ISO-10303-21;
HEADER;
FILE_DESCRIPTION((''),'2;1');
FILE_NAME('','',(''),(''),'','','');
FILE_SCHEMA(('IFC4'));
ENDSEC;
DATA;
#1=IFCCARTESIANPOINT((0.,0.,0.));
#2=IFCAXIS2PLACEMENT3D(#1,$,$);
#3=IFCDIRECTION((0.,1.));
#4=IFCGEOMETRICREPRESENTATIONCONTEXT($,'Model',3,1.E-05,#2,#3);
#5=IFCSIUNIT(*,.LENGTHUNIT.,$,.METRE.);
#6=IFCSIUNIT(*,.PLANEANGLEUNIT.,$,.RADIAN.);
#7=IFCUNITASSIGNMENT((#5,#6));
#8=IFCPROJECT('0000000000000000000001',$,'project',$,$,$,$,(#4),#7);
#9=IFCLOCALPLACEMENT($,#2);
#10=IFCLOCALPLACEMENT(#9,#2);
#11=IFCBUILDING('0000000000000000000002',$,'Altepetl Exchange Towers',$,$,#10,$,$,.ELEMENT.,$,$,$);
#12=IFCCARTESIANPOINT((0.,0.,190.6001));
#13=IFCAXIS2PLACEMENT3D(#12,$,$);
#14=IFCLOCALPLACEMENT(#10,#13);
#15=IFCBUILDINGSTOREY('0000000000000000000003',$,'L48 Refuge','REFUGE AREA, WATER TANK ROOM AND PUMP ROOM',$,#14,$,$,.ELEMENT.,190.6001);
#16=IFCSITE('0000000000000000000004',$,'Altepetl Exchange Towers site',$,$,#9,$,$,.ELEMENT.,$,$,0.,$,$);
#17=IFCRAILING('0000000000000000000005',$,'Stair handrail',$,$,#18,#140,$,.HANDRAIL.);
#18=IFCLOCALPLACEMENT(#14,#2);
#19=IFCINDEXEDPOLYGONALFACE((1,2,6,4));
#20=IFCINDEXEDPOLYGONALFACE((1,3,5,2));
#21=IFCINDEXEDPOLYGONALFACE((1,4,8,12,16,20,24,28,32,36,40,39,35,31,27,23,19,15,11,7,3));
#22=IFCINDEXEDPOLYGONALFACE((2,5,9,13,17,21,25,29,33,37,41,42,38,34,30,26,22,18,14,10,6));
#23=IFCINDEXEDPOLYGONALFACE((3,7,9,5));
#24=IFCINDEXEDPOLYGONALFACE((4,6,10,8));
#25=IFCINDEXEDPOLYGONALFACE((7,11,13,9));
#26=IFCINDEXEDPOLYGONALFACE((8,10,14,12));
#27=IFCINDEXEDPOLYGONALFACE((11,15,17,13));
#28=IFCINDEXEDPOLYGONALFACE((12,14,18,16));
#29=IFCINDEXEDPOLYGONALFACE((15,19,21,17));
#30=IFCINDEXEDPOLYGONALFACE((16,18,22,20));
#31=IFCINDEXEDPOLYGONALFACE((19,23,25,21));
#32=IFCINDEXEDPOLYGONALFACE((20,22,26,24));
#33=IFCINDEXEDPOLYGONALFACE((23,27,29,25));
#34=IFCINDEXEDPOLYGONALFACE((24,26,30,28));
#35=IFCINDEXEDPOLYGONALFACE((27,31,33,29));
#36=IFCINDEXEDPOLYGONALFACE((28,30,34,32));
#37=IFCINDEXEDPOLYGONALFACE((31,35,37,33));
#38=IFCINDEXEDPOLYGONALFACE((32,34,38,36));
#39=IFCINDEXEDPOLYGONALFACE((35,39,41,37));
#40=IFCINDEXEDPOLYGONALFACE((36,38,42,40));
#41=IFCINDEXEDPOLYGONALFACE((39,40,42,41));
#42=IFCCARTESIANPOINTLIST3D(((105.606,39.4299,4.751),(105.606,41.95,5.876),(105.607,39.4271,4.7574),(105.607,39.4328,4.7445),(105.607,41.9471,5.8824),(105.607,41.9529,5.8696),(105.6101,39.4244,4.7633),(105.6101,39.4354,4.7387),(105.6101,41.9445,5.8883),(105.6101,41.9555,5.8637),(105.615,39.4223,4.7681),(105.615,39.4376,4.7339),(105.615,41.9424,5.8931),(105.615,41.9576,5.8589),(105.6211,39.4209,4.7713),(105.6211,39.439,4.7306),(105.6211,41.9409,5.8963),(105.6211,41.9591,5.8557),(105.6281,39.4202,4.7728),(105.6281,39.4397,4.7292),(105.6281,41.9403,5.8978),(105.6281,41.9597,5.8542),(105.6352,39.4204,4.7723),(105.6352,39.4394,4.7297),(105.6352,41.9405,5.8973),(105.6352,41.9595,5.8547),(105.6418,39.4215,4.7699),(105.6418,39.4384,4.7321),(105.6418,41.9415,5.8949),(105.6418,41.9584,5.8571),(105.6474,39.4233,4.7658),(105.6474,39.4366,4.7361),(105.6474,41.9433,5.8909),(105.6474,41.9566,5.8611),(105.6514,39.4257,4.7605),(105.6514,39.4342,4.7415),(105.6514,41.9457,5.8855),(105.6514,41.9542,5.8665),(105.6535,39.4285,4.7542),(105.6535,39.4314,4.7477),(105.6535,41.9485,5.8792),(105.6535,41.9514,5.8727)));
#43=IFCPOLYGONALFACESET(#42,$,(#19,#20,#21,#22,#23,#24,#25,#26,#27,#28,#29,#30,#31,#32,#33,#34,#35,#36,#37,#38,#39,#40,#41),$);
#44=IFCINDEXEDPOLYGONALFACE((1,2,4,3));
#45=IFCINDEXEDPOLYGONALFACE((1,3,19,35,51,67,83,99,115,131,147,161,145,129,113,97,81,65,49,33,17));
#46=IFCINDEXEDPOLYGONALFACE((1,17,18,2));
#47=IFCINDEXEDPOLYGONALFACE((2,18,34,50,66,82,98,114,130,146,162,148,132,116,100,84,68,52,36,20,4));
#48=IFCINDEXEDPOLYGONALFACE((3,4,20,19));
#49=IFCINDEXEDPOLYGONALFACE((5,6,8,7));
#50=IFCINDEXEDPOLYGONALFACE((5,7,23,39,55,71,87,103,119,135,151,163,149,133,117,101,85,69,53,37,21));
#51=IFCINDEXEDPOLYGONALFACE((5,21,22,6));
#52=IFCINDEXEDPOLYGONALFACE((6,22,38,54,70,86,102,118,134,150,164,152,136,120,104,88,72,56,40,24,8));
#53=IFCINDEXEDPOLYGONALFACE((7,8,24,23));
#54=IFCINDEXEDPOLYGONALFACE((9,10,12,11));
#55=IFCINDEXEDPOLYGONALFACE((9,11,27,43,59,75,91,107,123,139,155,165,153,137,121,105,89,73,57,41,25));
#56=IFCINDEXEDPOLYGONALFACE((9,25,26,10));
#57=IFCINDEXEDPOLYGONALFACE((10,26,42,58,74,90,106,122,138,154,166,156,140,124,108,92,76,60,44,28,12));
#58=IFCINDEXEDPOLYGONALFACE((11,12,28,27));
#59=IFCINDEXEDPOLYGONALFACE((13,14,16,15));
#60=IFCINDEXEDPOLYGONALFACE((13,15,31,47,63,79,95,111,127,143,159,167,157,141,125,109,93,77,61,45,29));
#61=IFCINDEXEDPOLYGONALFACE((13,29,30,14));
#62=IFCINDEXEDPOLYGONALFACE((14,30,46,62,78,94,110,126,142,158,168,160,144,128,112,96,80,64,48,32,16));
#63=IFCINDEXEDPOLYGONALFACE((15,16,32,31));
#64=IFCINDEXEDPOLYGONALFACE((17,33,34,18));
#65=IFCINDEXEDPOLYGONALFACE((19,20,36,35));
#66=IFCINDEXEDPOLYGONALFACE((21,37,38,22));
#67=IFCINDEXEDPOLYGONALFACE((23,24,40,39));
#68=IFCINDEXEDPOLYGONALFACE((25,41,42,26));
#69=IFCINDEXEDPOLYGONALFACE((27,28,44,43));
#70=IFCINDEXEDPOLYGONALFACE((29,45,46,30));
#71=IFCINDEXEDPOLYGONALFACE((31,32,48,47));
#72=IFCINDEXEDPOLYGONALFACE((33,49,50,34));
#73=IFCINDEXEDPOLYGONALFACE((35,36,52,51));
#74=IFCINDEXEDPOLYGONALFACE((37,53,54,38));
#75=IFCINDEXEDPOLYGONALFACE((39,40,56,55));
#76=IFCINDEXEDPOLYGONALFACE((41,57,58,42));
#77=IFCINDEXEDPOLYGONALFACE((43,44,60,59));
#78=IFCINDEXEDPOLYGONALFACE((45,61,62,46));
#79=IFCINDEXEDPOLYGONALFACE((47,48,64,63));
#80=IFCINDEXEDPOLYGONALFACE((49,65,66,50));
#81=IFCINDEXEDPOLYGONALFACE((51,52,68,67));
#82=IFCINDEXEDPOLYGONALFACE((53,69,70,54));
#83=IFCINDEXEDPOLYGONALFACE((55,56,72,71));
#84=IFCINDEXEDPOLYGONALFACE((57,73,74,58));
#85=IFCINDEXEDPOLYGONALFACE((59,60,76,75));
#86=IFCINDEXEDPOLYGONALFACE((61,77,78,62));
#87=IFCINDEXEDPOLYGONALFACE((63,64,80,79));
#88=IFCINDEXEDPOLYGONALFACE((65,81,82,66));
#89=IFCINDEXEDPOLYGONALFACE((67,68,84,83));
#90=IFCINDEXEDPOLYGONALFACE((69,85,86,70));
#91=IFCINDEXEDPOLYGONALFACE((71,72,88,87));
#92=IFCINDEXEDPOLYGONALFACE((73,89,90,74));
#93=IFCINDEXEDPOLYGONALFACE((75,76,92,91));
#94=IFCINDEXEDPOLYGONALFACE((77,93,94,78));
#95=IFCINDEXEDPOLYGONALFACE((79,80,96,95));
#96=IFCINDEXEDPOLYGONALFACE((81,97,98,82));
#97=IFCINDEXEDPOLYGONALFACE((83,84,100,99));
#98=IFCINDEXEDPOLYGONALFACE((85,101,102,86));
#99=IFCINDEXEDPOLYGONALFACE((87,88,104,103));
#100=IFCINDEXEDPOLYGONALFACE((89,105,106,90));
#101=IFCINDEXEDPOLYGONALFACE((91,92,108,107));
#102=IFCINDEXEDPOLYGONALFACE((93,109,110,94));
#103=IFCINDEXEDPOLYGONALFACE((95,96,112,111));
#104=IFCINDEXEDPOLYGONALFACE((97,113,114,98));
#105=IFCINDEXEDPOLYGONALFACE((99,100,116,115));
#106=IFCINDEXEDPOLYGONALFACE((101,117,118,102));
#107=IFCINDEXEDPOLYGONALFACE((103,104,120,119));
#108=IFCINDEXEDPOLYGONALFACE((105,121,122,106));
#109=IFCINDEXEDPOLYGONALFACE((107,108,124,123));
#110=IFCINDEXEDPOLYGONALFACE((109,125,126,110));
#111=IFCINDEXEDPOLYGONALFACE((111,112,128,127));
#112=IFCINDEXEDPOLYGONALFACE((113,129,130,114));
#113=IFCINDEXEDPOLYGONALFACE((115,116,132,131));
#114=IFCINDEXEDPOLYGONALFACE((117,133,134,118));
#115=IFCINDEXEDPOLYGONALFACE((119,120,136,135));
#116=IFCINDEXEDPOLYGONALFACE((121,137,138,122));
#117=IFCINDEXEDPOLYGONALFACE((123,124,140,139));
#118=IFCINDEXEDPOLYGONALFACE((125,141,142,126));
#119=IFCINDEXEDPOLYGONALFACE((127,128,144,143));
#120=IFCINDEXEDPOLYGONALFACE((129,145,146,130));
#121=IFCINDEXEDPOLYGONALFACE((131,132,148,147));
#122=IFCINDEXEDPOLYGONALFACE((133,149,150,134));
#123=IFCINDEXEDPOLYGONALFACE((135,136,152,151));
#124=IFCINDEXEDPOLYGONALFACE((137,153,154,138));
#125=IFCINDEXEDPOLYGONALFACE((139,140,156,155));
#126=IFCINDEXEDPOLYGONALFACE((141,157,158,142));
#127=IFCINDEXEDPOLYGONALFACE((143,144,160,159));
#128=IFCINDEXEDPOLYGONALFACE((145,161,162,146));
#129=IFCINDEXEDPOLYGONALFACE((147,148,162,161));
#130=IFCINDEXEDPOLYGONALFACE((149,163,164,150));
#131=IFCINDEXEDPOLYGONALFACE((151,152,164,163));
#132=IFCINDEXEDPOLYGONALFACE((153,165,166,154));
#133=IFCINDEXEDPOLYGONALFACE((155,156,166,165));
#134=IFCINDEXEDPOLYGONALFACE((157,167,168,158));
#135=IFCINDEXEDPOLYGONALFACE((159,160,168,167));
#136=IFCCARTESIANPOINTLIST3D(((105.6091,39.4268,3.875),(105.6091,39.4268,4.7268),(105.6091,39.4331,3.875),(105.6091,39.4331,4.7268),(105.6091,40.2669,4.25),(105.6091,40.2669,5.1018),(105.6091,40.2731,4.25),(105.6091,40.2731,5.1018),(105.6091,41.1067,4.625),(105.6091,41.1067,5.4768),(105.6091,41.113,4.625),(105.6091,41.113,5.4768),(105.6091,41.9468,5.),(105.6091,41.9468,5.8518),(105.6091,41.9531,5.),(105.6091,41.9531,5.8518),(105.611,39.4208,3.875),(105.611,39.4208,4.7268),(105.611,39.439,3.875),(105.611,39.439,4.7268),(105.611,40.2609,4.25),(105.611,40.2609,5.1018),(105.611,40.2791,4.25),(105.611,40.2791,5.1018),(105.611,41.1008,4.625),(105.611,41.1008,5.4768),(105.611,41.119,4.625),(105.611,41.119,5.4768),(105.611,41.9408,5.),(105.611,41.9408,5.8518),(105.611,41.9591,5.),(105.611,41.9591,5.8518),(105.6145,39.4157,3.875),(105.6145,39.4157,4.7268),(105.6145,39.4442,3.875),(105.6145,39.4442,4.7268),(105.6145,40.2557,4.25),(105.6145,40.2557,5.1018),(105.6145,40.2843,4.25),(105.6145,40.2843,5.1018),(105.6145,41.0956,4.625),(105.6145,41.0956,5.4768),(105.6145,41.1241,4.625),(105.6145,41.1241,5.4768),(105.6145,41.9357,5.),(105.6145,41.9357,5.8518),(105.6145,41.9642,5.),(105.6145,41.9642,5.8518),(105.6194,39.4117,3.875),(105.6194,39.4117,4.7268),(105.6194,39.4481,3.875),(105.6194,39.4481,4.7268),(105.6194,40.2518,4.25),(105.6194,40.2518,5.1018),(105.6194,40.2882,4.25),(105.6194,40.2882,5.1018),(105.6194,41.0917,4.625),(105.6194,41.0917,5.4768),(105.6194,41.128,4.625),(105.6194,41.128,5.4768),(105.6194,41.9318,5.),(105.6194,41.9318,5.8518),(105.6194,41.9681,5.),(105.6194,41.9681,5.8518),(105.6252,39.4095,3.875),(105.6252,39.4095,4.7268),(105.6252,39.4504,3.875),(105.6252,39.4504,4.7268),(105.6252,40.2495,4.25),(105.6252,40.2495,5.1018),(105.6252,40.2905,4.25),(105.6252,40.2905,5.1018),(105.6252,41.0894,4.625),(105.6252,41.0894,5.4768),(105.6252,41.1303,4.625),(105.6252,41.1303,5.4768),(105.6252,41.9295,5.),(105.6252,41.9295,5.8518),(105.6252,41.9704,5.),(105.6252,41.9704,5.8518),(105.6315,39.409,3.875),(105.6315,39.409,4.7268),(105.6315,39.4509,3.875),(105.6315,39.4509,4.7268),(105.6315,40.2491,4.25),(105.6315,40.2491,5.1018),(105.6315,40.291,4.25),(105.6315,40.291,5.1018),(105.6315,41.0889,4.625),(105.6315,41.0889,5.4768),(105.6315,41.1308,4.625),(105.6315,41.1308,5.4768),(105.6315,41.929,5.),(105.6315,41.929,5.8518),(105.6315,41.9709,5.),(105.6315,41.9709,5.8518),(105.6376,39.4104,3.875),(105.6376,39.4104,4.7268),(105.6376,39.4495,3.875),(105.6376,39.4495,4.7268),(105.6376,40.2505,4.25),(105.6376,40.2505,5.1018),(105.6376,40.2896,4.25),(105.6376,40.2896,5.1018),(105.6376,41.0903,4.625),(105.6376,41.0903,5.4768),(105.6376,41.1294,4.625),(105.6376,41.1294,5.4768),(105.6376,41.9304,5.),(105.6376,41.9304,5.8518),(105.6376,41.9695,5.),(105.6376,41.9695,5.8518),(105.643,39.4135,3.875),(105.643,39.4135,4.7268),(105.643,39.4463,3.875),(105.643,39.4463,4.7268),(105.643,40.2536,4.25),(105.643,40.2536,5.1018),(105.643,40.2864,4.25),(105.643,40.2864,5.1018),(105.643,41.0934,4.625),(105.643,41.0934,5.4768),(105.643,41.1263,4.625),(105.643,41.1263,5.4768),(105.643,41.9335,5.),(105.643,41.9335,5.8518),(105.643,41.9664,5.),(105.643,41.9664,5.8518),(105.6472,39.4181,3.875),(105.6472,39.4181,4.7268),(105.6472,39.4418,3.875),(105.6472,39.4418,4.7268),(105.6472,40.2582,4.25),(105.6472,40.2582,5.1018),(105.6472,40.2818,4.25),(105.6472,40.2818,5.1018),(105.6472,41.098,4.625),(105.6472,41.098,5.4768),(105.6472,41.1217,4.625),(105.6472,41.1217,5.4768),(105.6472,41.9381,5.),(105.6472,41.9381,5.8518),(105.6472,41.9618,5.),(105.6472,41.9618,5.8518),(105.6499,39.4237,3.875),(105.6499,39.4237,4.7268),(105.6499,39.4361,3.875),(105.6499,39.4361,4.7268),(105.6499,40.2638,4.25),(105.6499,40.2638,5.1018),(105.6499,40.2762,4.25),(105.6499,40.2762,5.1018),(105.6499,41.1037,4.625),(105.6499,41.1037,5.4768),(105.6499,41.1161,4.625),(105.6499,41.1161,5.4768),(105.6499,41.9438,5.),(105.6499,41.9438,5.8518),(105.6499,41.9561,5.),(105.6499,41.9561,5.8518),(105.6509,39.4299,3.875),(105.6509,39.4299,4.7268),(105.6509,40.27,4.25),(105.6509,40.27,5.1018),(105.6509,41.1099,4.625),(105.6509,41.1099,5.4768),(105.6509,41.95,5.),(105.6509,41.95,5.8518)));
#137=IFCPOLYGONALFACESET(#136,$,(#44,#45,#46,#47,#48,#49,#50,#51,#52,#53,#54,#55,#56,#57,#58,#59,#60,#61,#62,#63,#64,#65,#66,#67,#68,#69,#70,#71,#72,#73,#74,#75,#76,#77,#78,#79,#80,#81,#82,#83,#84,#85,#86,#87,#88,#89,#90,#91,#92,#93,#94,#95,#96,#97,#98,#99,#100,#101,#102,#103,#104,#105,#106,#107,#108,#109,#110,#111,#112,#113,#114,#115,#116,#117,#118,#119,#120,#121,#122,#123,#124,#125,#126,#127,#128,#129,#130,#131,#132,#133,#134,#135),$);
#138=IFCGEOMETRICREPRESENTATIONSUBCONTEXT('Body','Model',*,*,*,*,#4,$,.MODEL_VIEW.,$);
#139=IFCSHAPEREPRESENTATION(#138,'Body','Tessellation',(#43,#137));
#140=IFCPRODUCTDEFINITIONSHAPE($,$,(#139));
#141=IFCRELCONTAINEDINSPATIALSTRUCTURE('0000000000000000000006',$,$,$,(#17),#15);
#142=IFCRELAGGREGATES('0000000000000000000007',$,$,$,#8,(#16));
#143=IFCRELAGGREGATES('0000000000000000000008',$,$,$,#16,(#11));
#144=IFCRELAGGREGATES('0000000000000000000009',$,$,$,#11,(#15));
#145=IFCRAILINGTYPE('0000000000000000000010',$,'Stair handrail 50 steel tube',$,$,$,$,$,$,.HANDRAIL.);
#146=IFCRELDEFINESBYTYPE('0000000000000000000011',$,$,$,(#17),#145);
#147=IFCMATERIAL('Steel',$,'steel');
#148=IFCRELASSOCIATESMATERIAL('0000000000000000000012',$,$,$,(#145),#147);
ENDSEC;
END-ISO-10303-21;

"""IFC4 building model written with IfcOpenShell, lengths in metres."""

from ifc_helpers import new_model, si_unit, direction, frame, origin, origin_2d, place, context, subcontext, project, spatial, circle, extrude, source, transform, mapped, material, type_object, element, save


model = new_model("IFC4")

# Units and contexts
model_context = context("Model", 3, precision=1e-05, world=origin(), true_north=direction((0.0, 1.0)))
body_context = subcontext(model_context, "Body", "Model", "MODEL_VIEW")
ifc_project = project(units=[si_unit("LENGTHUNIT", "METRE"), si_unit("PLANEANGLEUNIT", "RADIAN")], contexts=[model_context])

# Site, building, storey
site_placement = place(None, origin())
site = spatial("IfcSite", under=ifc_project, at=site_placement, Name="Altepetl Exchange Towers site", CompositionType="ELEMENT", RefElevation=0.0)
building_placement = place(site_placement, origin())
building = spatial("IfcBuilding", under=site, at=building_placement, Name="Altepetl Exchange Towers", CompositionType="ELEMENT")
storey_placement = place(building_placement, frame((0.0, 0.0, 190.6001)))
storey = spatial("IfcBuildingStorey", under=building, at=storey_placement, Name="L48 Refuge", Description="REFUGE AREA, WATER TANK ROOM AND PUMP ROOM", CompositionType="ELEMENT", Elevation=190.6001)

# Railing
ifc_material_1 = material(Name="Steel", Category="steel")
railing_type = type_object("IfcRailingType", Name="Stair handrail 50 steel tube", PredefinedType="HANDRAIL", material=ifc_material_1)
shared_shape = source(origin(), body_context, "Body", "SweptSolid", [
    extrude(circle(Radius=0.021, at=origin_2d()), origin(), (0.0, 0.0, 1.0), 0.8518),
])
railing_1_placement = place(storey_placement, frame((105.6299, 39.4299, 3.875)))
element("IfcRailing", 1, at=railing_1_placement, inside=storey, type_object=railing_type, Name="Stair handrail", PredefinedType="HANDRAIL", context=body_context, shape_type="SweptSolid", body=[
    extrude(circle(Radius=0.0239, at=origin_2d()), frame((0.0, 0.0, 0.876), z_axis=(0.0, 0.913139, 0.407648), x_axis=(-1.0, 0.0, 0.0)), (0.0, 0.0, 1.0), 2.7598),
    mapped(shared_shape, transform((0.0, 0.0, 0.0))),
    mapped(shared_shape, transform((0.0, 0.8401, 0.375))),
    mapped(shared_shape, transform((0.0, 1.6799, 0.75))),
    mapped(shared_shape, transform((0.0, 2.52, 1.125))),
])

save(model, "model.ifc")
